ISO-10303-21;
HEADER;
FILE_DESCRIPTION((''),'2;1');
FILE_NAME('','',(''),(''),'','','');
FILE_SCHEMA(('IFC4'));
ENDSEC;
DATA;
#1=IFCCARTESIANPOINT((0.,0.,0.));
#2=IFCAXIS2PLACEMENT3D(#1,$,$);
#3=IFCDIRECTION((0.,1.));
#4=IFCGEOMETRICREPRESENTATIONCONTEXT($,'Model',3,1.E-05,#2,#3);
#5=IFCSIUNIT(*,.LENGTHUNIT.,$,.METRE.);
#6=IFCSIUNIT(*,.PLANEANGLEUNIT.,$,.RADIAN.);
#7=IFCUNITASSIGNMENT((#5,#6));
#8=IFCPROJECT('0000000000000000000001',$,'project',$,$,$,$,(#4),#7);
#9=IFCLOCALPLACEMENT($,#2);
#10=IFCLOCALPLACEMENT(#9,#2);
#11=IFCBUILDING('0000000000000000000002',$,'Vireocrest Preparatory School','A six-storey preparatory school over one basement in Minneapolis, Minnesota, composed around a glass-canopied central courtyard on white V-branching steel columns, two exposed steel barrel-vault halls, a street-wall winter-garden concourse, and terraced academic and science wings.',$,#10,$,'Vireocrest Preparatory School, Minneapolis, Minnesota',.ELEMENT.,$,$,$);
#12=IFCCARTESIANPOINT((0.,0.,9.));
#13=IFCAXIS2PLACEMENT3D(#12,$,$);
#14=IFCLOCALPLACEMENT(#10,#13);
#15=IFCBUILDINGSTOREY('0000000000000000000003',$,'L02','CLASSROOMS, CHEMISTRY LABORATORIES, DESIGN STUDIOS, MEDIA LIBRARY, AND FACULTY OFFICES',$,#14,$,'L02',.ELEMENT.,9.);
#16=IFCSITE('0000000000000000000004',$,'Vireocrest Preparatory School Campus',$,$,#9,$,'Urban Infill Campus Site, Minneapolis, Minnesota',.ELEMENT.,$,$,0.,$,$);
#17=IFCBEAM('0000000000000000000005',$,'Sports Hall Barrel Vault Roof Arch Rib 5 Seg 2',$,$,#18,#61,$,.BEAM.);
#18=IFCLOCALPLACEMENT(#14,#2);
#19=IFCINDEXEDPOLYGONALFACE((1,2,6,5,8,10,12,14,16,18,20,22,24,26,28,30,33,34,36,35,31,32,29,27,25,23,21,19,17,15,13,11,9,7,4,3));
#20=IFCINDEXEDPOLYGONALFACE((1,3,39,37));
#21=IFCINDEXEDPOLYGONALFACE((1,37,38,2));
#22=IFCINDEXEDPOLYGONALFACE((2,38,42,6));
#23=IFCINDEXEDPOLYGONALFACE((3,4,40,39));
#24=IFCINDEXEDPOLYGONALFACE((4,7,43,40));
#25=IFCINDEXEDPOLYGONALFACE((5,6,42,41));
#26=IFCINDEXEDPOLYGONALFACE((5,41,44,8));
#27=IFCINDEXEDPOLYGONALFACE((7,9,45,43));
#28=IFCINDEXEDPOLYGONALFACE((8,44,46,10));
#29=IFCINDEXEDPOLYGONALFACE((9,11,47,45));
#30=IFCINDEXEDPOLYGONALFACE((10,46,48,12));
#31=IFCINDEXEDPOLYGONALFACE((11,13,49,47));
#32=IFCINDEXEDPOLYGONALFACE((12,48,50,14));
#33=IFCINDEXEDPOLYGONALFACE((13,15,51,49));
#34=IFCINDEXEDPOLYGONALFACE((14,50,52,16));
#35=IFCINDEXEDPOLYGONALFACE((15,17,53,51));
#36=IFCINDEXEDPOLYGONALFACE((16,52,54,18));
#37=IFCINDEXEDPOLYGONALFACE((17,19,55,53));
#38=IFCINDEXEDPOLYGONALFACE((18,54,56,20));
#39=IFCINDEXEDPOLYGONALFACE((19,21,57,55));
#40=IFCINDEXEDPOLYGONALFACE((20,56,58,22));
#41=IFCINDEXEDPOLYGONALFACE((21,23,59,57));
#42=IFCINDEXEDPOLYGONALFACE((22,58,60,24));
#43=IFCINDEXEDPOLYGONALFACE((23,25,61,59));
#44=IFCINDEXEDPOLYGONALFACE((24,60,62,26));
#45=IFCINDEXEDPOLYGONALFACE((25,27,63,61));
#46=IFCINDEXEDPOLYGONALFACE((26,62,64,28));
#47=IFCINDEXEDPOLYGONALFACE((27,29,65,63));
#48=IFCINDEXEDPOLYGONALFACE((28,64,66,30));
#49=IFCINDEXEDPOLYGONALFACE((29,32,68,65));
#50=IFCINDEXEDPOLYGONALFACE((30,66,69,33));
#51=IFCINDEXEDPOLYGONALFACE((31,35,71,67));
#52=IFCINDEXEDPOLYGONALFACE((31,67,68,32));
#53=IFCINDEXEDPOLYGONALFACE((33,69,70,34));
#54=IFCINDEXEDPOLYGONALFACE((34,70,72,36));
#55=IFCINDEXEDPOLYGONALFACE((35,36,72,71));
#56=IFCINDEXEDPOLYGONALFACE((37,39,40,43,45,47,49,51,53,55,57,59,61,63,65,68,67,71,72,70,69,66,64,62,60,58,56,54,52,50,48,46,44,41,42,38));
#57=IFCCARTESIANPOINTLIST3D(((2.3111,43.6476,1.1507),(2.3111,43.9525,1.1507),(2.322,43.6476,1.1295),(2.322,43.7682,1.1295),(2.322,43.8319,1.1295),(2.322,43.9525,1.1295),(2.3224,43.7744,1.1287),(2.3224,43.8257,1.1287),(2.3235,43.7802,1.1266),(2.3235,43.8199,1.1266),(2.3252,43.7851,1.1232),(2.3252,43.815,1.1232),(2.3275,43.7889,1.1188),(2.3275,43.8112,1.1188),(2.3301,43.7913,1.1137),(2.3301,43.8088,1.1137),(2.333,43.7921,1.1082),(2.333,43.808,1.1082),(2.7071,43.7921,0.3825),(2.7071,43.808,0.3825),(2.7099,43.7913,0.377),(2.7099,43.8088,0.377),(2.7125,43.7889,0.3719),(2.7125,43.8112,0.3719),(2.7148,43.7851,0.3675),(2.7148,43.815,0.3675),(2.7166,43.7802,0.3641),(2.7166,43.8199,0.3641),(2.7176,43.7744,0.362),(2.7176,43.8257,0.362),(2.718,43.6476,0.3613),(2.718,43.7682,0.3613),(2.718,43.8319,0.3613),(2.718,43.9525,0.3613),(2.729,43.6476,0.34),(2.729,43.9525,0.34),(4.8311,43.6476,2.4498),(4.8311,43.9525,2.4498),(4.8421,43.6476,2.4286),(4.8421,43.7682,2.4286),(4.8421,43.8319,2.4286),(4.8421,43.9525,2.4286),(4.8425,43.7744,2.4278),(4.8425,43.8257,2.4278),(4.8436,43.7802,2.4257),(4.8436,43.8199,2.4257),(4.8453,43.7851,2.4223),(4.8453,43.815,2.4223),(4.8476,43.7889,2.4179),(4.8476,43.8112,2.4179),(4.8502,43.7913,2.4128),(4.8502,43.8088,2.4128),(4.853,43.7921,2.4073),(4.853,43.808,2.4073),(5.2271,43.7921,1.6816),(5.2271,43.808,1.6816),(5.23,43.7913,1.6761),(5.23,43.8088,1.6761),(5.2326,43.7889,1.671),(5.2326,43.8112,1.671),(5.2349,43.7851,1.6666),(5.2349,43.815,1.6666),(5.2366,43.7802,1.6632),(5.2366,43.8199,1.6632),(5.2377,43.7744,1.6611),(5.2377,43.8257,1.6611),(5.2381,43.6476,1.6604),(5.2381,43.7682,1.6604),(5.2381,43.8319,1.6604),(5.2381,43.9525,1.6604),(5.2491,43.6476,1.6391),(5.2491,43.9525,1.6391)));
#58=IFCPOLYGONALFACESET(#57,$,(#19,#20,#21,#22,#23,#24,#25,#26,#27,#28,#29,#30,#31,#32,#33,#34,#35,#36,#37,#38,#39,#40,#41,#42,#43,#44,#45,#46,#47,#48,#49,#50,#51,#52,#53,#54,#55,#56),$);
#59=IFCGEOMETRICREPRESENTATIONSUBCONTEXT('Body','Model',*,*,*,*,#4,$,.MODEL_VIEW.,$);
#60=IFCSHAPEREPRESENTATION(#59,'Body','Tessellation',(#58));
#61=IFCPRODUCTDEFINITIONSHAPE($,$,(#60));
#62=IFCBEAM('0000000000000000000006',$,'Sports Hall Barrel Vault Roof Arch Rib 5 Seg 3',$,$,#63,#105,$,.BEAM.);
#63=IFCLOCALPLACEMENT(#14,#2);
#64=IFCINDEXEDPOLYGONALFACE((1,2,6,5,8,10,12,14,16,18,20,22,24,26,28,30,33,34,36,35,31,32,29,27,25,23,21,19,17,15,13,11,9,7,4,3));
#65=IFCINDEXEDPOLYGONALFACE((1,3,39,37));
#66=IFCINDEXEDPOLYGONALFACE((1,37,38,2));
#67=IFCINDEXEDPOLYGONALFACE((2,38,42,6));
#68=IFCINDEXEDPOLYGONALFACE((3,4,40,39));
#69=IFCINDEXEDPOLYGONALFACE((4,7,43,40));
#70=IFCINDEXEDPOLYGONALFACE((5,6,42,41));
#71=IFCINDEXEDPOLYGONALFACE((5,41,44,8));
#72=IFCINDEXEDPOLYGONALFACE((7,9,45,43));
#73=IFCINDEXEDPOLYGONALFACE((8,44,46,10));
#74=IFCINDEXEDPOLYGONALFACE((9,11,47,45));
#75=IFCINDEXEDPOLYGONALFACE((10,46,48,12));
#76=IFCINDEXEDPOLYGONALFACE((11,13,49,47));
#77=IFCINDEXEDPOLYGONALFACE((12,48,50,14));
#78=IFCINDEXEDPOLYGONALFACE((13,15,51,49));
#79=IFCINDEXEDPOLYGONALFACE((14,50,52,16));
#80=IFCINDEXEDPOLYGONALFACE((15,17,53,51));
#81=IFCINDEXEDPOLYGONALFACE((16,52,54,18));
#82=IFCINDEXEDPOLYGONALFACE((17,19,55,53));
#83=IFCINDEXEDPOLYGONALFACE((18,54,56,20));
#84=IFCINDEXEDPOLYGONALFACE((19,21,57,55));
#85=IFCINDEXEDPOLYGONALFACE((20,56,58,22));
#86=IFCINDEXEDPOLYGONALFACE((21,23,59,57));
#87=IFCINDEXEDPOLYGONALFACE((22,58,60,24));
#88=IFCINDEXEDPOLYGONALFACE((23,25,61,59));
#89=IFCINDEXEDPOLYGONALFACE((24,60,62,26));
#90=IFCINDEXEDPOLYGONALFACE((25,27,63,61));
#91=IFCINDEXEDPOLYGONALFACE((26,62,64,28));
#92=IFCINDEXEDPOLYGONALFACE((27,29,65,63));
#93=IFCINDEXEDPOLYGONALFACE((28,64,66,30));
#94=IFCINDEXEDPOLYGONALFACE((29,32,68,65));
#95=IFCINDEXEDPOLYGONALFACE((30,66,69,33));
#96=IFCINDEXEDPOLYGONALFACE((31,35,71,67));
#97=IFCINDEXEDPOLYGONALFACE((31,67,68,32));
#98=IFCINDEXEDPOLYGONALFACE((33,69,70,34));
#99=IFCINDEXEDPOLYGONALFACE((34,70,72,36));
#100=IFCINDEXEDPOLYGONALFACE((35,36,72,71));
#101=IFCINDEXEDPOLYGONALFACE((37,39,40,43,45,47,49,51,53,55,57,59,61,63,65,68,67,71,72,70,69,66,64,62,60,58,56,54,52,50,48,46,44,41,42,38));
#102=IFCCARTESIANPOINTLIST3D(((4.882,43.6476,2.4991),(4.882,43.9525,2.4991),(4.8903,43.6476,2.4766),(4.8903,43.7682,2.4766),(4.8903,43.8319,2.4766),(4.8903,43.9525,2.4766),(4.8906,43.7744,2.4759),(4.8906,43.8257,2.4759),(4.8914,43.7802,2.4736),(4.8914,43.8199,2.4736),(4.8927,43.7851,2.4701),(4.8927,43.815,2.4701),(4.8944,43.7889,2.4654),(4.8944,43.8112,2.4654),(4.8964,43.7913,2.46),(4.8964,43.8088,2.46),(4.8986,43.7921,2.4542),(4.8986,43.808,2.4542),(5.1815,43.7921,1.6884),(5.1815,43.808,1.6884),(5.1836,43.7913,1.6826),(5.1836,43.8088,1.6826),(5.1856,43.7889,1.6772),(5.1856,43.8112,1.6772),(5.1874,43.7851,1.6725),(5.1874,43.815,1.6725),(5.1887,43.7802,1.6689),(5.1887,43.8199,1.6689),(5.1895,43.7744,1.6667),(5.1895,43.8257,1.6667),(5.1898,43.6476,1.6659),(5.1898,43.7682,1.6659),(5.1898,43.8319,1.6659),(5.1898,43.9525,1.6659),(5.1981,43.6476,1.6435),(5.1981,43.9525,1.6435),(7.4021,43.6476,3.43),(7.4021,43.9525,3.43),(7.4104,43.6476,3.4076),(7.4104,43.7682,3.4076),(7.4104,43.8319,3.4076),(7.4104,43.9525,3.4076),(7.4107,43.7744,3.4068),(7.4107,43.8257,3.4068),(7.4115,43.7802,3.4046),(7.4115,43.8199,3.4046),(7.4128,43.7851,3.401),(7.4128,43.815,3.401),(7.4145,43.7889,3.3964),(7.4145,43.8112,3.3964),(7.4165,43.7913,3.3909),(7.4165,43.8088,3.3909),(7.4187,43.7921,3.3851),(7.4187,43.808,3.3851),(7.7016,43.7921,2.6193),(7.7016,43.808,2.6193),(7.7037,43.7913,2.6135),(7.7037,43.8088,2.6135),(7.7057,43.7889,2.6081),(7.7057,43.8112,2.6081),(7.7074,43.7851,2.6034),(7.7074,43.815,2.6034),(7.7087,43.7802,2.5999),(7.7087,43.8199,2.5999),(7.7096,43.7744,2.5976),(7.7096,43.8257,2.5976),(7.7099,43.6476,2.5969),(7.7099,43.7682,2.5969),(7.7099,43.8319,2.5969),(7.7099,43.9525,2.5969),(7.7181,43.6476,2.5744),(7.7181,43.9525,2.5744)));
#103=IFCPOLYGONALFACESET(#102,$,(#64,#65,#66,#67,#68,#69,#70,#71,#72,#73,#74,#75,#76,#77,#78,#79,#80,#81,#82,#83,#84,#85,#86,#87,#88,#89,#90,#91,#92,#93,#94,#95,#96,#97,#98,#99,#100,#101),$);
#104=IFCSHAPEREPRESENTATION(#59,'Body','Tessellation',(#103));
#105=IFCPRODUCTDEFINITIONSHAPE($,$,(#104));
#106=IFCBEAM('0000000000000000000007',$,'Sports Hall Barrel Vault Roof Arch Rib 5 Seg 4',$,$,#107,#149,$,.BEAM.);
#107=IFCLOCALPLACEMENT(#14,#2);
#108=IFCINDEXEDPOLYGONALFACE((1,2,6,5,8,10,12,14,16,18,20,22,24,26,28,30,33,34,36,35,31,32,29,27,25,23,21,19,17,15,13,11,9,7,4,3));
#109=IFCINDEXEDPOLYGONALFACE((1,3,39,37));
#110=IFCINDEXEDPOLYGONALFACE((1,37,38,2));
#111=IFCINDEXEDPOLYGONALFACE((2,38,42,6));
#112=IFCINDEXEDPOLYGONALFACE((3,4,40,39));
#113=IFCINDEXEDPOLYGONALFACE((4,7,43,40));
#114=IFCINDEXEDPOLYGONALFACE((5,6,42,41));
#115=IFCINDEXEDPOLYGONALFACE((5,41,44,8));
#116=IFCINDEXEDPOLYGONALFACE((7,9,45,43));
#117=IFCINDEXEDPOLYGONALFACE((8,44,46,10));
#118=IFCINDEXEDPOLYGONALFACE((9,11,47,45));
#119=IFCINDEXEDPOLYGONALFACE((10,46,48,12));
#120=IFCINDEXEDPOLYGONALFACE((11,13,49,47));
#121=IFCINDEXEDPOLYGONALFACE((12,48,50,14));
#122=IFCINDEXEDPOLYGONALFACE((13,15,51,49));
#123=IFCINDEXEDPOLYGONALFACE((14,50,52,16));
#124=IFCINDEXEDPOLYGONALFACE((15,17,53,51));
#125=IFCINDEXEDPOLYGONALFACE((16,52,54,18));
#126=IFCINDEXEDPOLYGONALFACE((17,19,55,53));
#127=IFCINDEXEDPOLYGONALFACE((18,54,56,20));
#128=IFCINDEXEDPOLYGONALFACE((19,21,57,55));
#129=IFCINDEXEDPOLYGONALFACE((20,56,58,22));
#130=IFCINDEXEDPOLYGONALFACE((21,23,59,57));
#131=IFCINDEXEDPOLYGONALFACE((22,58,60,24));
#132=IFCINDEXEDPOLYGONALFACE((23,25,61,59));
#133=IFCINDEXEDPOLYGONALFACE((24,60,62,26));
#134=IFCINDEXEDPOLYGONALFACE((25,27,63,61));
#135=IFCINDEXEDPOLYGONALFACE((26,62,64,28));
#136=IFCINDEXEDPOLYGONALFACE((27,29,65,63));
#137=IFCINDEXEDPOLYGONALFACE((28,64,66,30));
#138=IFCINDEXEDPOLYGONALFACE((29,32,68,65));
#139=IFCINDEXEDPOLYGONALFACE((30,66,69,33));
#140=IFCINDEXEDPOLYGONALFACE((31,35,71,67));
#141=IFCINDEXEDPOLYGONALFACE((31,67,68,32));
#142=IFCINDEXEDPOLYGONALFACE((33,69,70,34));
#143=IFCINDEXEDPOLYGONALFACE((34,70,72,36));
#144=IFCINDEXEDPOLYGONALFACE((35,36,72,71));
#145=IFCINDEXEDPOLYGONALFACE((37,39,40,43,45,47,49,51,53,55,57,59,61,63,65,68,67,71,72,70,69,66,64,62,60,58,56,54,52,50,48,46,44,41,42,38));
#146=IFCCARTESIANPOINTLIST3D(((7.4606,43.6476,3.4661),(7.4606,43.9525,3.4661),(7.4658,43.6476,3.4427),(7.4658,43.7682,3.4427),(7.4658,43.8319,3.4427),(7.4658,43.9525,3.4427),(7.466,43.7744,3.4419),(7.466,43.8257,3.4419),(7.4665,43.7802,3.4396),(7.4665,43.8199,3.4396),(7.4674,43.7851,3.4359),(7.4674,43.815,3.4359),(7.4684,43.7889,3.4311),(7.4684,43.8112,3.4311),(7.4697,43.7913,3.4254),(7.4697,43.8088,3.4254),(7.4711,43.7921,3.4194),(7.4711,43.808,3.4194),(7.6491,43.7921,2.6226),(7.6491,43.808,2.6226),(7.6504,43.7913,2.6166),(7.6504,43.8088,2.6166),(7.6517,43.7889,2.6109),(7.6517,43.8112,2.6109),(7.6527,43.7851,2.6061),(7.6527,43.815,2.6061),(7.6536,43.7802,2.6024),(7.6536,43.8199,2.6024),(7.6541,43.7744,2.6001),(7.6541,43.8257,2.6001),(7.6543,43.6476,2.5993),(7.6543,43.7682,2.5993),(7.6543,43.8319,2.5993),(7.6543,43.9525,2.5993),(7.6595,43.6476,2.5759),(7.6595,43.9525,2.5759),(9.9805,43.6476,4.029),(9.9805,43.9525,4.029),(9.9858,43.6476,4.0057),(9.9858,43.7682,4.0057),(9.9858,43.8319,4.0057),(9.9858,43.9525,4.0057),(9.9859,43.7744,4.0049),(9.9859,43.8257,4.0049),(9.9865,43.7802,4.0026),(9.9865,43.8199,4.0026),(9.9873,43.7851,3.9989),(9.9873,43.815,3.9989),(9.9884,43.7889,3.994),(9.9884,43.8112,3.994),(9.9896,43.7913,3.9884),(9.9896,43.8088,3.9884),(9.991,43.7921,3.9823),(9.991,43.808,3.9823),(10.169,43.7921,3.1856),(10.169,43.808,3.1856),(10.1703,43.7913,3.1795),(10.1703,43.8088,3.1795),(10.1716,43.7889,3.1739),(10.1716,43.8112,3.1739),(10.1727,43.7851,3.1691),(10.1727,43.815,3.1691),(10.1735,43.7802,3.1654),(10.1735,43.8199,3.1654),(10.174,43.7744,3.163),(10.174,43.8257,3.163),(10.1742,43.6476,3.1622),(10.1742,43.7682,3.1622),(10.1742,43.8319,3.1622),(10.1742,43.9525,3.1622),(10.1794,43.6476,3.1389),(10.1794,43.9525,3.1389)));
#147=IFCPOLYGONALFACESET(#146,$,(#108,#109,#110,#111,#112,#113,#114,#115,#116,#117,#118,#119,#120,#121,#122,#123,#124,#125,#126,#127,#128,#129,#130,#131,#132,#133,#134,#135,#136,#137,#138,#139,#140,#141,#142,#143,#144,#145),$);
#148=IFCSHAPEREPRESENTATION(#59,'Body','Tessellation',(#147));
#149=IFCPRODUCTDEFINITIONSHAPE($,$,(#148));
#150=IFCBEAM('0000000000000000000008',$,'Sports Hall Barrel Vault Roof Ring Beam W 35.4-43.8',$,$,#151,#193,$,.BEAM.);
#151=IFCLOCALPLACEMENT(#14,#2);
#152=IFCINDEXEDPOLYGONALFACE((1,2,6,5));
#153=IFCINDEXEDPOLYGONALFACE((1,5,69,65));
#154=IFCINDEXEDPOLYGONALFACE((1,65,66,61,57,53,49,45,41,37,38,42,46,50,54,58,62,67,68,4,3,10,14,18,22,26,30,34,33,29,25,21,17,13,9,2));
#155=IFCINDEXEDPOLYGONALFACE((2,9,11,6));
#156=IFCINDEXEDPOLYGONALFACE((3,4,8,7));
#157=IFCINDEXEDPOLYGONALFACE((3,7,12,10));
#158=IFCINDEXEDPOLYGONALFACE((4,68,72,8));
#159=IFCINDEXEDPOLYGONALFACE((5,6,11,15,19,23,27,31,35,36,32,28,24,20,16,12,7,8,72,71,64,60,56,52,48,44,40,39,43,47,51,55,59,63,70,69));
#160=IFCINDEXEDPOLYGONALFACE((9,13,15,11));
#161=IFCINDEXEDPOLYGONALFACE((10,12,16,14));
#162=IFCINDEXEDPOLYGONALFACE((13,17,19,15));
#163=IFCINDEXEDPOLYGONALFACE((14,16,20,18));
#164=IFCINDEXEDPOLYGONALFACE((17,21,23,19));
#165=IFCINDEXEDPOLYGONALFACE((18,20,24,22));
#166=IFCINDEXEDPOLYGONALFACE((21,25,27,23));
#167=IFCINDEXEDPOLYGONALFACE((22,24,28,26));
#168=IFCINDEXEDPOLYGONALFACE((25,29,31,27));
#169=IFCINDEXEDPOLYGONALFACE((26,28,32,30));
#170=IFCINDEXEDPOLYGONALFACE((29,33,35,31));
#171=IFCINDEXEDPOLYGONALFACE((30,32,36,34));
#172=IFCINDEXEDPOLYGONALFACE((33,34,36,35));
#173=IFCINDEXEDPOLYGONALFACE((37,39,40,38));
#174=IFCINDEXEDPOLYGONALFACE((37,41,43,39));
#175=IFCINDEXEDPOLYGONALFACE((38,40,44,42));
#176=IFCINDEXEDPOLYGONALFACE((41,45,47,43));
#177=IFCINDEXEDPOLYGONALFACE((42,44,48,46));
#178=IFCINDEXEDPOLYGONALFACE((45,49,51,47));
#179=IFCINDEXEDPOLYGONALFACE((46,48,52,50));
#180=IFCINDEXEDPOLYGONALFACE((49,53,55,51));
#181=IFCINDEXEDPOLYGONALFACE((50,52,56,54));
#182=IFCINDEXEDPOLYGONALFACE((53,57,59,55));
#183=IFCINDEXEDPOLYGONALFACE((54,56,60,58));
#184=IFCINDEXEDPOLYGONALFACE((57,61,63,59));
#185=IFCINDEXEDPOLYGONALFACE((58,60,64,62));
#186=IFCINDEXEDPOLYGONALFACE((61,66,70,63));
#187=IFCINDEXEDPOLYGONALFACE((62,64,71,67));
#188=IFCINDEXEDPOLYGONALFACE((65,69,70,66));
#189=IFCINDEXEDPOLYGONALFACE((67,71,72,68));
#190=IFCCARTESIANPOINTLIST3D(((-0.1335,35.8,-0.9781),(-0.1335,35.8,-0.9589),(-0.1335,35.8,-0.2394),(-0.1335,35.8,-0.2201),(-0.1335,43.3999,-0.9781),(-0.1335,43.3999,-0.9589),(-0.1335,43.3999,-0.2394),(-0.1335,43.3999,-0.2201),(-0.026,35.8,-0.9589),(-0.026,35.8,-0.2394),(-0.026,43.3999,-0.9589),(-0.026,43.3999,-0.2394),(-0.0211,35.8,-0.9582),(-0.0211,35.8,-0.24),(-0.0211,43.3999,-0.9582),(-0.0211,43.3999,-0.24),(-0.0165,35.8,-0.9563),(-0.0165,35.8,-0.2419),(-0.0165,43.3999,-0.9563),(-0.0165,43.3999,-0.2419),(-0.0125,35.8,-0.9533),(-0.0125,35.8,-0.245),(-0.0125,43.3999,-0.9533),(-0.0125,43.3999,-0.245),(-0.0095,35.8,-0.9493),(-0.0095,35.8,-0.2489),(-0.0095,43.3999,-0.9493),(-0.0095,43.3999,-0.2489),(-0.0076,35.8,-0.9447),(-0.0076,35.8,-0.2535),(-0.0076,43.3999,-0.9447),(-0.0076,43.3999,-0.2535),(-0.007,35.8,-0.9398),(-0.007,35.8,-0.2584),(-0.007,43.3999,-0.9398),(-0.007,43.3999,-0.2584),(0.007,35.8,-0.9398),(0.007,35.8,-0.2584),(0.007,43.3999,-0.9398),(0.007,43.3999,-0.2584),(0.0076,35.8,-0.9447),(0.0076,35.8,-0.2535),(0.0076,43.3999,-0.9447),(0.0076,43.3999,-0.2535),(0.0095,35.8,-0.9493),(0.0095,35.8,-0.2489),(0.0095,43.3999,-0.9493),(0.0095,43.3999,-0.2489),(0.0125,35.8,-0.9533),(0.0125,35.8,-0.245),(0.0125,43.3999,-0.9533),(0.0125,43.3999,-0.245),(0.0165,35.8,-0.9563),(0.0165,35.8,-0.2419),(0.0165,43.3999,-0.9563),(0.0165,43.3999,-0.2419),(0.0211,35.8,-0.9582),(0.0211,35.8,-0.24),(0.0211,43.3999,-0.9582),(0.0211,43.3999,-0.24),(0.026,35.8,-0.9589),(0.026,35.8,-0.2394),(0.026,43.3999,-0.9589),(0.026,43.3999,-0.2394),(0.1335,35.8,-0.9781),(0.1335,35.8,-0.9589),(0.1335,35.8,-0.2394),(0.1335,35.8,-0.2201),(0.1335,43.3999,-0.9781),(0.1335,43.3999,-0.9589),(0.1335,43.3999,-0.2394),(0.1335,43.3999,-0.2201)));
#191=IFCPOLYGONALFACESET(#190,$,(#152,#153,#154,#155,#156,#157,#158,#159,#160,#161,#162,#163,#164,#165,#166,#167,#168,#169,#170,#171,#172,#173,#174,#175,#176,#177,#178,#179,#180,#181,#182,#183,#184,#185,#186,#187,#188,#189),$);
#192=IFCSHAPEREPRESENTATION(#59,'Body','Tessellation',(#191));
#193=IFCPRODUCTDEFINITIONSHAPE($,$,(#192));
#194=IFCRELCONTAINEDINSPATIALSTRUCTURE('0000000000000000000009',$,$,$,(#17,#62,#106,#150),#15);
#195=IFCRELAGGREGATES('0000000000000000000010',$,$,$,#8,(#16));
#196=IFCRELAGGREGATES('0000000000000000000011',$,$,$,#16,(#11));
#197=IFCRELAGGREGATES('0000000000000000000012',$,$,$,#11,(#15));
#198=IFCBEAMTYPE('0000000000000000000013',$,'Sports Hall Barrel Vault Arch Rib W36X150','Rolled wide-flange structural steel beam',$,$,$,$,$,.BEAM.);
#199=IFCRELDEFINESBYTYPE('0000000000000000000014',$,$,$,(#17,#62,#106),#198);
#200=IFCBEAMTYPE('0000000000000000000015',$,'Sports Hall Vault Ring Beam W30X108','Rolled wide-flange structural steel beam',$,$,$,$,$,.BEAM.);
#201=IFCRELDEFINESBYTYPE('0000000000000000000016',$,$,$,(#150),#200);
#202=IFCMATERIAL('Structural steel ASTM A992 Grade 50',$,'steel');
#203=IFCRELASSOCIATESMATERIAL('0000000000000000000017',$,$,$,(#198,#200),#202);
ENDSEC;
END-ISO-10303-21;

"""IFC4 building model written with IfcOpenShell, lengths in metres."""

from ifc_helpers import new_model, si_unit, direction, frame, origin, origin_2d, place, context, subcontext, project, spatial, i_section, extrude, material, material_profile, profile_set, type_object, element, save


model = new_model("IFC4")

# Units and contexts
model_context = context("Model", 3, precision=1e-05, world=origin(), true_north=direction((0.0, 1.0)))
body_context = subcontext(model_context, "Body", "Model", "MODEL_VIEW")
ifc_project = project(units=[si_unit("LENGTHUNIT", "METRE"), si_unit("PLANEANGLEUNIT", "RADIAN")], contexts=[model_context])

# Site, building, storey
site_placement = place(None, origin())
site = spatial("IfcSite", under=ifc_project, at=site_placement, Name="Vireocrest Preparatory School Campus", LongName="Urban Infill Campus Site, Minneapolis, Minnesota", CompositionType="ELEMENT", RefElevation=0.0)
building_placement = place(site_placement, origin())
building = spatial("IfcBuilding", under=site, at=building_placement, Name="Vireocrest Preparatory School", Description="A six-storey preparatory school over one basement in Minneapolis, Minnesota, composed around a glass-canopied central courtyard on white V-branching steel columns, two exposed steel barrel-vault halls, a street-wall winter-garden concourse, and terraced academic and science wings.", LongName="Vireocrest Preparatory School, Minneapolis, Minnesota", CompositionType="ELEMENT")
storey_placement = place(building_placement, frame((0.0, 0.0, 9.0)))
storey = spatial("IfcBuildingStorey", under=building, at=storey_placement, Name="L02", Description="CLASSROOMS, CHEMISTRY LABORATORIES, DESIGN STUDIOS, MEDIA LIBRARY, AND FACULTY OFFICES", LongName="L02", CompositionType="ELEMENT", Elevation=9.0)

# Beams
ifc_material_1 = material(Name="Structural steel ASTM A992 Grade 50", Category="steel")
ifc_material_profile_1 = material_profile(ifc_material_1, i_section(OverallWidth=0.3049, OverallDepth=0.9121, WebThickness=0.0159, FlangeThickness=0.0239, FilletRadius=0.0239, at=origin_2d()), Name="W36X150")
ifc_profile_set_1 = profile_set([ifc_material_profile_1], Name="Structural steel ASTM A992 Grade 50")
beam_type_1 = type_object("IfcBeamType", Name="Sports Hall Barrel Vault Arch Rib W36X150", Description="Rolled wide-flange structural steel beam", PredefinedType="BEAM", material=ifc_profile_set_1)
beam_1_placement = place(storey_placement, frame((2.52, 43.8, 0.7454), z_axis=(0.888848, 0.0, 0.458202), x_axis=(0.0, 1.0, 0.0)))
element("IfcBeam", 1, at=beam_1_placement, inside=storey, type_object=beam_type_1, Name="Sports Hall Barrel Vault Roof Arch Rib 5 Seg 2", PredefinedType="BEAM", context=body_context, shape_type="SweptSolid", body=[
    extrude(i_section(OverallWidth=0.3049, OverallDepth=0.9121, WebThickness=0.0159, FlangeThickness=0.0239, FilletRadius=0.0239, at=origin_2d()), origin(), (0.0, 0.0, 1.0), 2.8352),
])
beam_2_placement = place(storey_placement, frame((5.04, 43.8, 2.0713), z_axis=(0.938043, 0.0, 0.346518), x_axis=(0.0, 1.0, 0.0)))
element("IfcBeam", 2, at=beam_2_placement, inside=storey, type_object=beam_type_1, Name="Sports Hall Barrel Vault Roof Arch Rib 5 Seg 3", PredefinedType="BEAM", context=body_context, shape_type="SweptSolid", body=[
    extrude(i_section(OverallWidth=0.3049, OverallDepth=0.9121, WebThickness=0.0159, FlangeThickness=0.0239, FilletRadius=0.0239, at=origin_2d()), origin(), (0.0, 0.0, 1.0), 2.6865),
])
beam_3_placement = place(storey_placement, frame((7.5601, 43.8, 3.021), z_axis=(0.975942, 0.0, 0.218032), x_axis=(0.0, 1.0, 0.0)))
element("IfcBeam", 3, at=beam_3_placement, inside=storey, type_object=beam_type_1, Name="Sports Hall Barrel Vault Roof Arch Rib 5 Seg 4", PredefinedType="BEAM", context=body_context, shape_type="SweptSolid", body=[
    extrude(i_section(OverallWidth=0.3049, OverallDepth=0.9121, WebThickness=0.0159, FlangeThickness=0.0239, FilletRadius=0.0239, at=origin_2d()), origin(), (0.0, 0.0, 1.0), 2.582),
])
ifc_material_profile_2 = material_profile(ifc_material_1, i_section(OverallWidth=0.2671, OverallDepth=0.7581, WebThickness=0.0139, FlangeThickness=0.0193, FilletRadius=0.019, at=origin_2d()), Name="W30X108")
ifc_profile_set_2 = profile_set([ifc_material_profile_2], Name="Structural steel ASTM A992 Grade 50")
beam_type_2 = type_object("IfcBeamType", Name="Sports Hall Vault Ring Beam W30X108", Description="Rolled wide-flange structural steel beam", PredefinedType="BEAM", material=ifc_profile_set_2)
beam_4_placement = place(storey_placement, frame((0.0, 35.8, -0.5991), z_axis=(0.0, 1.0, 0.0), x_axis=(-1.0, 0.0, 0.0)))
element("IfcBeam", 4, at=beam_4_placement, inside=storey, type_object=beam_type_2, Name="Sports Hall Barrel Vault Roof Ring Beam W 35.4-43.8", PredefinedType="BEAM", context=body_context, shape_type="SweptSolid", body=[
    extrude(i_section(OverallWidth=0.2671, OverallDepth=0.7581, WebThickness=0.0139, FlangeThickness=0.0193, FilletRadius=0.019, at=origin_2d()), origin(), (0.0, 0.0, 1.0), 7.5999),
])

save(model, "model.ifc")
